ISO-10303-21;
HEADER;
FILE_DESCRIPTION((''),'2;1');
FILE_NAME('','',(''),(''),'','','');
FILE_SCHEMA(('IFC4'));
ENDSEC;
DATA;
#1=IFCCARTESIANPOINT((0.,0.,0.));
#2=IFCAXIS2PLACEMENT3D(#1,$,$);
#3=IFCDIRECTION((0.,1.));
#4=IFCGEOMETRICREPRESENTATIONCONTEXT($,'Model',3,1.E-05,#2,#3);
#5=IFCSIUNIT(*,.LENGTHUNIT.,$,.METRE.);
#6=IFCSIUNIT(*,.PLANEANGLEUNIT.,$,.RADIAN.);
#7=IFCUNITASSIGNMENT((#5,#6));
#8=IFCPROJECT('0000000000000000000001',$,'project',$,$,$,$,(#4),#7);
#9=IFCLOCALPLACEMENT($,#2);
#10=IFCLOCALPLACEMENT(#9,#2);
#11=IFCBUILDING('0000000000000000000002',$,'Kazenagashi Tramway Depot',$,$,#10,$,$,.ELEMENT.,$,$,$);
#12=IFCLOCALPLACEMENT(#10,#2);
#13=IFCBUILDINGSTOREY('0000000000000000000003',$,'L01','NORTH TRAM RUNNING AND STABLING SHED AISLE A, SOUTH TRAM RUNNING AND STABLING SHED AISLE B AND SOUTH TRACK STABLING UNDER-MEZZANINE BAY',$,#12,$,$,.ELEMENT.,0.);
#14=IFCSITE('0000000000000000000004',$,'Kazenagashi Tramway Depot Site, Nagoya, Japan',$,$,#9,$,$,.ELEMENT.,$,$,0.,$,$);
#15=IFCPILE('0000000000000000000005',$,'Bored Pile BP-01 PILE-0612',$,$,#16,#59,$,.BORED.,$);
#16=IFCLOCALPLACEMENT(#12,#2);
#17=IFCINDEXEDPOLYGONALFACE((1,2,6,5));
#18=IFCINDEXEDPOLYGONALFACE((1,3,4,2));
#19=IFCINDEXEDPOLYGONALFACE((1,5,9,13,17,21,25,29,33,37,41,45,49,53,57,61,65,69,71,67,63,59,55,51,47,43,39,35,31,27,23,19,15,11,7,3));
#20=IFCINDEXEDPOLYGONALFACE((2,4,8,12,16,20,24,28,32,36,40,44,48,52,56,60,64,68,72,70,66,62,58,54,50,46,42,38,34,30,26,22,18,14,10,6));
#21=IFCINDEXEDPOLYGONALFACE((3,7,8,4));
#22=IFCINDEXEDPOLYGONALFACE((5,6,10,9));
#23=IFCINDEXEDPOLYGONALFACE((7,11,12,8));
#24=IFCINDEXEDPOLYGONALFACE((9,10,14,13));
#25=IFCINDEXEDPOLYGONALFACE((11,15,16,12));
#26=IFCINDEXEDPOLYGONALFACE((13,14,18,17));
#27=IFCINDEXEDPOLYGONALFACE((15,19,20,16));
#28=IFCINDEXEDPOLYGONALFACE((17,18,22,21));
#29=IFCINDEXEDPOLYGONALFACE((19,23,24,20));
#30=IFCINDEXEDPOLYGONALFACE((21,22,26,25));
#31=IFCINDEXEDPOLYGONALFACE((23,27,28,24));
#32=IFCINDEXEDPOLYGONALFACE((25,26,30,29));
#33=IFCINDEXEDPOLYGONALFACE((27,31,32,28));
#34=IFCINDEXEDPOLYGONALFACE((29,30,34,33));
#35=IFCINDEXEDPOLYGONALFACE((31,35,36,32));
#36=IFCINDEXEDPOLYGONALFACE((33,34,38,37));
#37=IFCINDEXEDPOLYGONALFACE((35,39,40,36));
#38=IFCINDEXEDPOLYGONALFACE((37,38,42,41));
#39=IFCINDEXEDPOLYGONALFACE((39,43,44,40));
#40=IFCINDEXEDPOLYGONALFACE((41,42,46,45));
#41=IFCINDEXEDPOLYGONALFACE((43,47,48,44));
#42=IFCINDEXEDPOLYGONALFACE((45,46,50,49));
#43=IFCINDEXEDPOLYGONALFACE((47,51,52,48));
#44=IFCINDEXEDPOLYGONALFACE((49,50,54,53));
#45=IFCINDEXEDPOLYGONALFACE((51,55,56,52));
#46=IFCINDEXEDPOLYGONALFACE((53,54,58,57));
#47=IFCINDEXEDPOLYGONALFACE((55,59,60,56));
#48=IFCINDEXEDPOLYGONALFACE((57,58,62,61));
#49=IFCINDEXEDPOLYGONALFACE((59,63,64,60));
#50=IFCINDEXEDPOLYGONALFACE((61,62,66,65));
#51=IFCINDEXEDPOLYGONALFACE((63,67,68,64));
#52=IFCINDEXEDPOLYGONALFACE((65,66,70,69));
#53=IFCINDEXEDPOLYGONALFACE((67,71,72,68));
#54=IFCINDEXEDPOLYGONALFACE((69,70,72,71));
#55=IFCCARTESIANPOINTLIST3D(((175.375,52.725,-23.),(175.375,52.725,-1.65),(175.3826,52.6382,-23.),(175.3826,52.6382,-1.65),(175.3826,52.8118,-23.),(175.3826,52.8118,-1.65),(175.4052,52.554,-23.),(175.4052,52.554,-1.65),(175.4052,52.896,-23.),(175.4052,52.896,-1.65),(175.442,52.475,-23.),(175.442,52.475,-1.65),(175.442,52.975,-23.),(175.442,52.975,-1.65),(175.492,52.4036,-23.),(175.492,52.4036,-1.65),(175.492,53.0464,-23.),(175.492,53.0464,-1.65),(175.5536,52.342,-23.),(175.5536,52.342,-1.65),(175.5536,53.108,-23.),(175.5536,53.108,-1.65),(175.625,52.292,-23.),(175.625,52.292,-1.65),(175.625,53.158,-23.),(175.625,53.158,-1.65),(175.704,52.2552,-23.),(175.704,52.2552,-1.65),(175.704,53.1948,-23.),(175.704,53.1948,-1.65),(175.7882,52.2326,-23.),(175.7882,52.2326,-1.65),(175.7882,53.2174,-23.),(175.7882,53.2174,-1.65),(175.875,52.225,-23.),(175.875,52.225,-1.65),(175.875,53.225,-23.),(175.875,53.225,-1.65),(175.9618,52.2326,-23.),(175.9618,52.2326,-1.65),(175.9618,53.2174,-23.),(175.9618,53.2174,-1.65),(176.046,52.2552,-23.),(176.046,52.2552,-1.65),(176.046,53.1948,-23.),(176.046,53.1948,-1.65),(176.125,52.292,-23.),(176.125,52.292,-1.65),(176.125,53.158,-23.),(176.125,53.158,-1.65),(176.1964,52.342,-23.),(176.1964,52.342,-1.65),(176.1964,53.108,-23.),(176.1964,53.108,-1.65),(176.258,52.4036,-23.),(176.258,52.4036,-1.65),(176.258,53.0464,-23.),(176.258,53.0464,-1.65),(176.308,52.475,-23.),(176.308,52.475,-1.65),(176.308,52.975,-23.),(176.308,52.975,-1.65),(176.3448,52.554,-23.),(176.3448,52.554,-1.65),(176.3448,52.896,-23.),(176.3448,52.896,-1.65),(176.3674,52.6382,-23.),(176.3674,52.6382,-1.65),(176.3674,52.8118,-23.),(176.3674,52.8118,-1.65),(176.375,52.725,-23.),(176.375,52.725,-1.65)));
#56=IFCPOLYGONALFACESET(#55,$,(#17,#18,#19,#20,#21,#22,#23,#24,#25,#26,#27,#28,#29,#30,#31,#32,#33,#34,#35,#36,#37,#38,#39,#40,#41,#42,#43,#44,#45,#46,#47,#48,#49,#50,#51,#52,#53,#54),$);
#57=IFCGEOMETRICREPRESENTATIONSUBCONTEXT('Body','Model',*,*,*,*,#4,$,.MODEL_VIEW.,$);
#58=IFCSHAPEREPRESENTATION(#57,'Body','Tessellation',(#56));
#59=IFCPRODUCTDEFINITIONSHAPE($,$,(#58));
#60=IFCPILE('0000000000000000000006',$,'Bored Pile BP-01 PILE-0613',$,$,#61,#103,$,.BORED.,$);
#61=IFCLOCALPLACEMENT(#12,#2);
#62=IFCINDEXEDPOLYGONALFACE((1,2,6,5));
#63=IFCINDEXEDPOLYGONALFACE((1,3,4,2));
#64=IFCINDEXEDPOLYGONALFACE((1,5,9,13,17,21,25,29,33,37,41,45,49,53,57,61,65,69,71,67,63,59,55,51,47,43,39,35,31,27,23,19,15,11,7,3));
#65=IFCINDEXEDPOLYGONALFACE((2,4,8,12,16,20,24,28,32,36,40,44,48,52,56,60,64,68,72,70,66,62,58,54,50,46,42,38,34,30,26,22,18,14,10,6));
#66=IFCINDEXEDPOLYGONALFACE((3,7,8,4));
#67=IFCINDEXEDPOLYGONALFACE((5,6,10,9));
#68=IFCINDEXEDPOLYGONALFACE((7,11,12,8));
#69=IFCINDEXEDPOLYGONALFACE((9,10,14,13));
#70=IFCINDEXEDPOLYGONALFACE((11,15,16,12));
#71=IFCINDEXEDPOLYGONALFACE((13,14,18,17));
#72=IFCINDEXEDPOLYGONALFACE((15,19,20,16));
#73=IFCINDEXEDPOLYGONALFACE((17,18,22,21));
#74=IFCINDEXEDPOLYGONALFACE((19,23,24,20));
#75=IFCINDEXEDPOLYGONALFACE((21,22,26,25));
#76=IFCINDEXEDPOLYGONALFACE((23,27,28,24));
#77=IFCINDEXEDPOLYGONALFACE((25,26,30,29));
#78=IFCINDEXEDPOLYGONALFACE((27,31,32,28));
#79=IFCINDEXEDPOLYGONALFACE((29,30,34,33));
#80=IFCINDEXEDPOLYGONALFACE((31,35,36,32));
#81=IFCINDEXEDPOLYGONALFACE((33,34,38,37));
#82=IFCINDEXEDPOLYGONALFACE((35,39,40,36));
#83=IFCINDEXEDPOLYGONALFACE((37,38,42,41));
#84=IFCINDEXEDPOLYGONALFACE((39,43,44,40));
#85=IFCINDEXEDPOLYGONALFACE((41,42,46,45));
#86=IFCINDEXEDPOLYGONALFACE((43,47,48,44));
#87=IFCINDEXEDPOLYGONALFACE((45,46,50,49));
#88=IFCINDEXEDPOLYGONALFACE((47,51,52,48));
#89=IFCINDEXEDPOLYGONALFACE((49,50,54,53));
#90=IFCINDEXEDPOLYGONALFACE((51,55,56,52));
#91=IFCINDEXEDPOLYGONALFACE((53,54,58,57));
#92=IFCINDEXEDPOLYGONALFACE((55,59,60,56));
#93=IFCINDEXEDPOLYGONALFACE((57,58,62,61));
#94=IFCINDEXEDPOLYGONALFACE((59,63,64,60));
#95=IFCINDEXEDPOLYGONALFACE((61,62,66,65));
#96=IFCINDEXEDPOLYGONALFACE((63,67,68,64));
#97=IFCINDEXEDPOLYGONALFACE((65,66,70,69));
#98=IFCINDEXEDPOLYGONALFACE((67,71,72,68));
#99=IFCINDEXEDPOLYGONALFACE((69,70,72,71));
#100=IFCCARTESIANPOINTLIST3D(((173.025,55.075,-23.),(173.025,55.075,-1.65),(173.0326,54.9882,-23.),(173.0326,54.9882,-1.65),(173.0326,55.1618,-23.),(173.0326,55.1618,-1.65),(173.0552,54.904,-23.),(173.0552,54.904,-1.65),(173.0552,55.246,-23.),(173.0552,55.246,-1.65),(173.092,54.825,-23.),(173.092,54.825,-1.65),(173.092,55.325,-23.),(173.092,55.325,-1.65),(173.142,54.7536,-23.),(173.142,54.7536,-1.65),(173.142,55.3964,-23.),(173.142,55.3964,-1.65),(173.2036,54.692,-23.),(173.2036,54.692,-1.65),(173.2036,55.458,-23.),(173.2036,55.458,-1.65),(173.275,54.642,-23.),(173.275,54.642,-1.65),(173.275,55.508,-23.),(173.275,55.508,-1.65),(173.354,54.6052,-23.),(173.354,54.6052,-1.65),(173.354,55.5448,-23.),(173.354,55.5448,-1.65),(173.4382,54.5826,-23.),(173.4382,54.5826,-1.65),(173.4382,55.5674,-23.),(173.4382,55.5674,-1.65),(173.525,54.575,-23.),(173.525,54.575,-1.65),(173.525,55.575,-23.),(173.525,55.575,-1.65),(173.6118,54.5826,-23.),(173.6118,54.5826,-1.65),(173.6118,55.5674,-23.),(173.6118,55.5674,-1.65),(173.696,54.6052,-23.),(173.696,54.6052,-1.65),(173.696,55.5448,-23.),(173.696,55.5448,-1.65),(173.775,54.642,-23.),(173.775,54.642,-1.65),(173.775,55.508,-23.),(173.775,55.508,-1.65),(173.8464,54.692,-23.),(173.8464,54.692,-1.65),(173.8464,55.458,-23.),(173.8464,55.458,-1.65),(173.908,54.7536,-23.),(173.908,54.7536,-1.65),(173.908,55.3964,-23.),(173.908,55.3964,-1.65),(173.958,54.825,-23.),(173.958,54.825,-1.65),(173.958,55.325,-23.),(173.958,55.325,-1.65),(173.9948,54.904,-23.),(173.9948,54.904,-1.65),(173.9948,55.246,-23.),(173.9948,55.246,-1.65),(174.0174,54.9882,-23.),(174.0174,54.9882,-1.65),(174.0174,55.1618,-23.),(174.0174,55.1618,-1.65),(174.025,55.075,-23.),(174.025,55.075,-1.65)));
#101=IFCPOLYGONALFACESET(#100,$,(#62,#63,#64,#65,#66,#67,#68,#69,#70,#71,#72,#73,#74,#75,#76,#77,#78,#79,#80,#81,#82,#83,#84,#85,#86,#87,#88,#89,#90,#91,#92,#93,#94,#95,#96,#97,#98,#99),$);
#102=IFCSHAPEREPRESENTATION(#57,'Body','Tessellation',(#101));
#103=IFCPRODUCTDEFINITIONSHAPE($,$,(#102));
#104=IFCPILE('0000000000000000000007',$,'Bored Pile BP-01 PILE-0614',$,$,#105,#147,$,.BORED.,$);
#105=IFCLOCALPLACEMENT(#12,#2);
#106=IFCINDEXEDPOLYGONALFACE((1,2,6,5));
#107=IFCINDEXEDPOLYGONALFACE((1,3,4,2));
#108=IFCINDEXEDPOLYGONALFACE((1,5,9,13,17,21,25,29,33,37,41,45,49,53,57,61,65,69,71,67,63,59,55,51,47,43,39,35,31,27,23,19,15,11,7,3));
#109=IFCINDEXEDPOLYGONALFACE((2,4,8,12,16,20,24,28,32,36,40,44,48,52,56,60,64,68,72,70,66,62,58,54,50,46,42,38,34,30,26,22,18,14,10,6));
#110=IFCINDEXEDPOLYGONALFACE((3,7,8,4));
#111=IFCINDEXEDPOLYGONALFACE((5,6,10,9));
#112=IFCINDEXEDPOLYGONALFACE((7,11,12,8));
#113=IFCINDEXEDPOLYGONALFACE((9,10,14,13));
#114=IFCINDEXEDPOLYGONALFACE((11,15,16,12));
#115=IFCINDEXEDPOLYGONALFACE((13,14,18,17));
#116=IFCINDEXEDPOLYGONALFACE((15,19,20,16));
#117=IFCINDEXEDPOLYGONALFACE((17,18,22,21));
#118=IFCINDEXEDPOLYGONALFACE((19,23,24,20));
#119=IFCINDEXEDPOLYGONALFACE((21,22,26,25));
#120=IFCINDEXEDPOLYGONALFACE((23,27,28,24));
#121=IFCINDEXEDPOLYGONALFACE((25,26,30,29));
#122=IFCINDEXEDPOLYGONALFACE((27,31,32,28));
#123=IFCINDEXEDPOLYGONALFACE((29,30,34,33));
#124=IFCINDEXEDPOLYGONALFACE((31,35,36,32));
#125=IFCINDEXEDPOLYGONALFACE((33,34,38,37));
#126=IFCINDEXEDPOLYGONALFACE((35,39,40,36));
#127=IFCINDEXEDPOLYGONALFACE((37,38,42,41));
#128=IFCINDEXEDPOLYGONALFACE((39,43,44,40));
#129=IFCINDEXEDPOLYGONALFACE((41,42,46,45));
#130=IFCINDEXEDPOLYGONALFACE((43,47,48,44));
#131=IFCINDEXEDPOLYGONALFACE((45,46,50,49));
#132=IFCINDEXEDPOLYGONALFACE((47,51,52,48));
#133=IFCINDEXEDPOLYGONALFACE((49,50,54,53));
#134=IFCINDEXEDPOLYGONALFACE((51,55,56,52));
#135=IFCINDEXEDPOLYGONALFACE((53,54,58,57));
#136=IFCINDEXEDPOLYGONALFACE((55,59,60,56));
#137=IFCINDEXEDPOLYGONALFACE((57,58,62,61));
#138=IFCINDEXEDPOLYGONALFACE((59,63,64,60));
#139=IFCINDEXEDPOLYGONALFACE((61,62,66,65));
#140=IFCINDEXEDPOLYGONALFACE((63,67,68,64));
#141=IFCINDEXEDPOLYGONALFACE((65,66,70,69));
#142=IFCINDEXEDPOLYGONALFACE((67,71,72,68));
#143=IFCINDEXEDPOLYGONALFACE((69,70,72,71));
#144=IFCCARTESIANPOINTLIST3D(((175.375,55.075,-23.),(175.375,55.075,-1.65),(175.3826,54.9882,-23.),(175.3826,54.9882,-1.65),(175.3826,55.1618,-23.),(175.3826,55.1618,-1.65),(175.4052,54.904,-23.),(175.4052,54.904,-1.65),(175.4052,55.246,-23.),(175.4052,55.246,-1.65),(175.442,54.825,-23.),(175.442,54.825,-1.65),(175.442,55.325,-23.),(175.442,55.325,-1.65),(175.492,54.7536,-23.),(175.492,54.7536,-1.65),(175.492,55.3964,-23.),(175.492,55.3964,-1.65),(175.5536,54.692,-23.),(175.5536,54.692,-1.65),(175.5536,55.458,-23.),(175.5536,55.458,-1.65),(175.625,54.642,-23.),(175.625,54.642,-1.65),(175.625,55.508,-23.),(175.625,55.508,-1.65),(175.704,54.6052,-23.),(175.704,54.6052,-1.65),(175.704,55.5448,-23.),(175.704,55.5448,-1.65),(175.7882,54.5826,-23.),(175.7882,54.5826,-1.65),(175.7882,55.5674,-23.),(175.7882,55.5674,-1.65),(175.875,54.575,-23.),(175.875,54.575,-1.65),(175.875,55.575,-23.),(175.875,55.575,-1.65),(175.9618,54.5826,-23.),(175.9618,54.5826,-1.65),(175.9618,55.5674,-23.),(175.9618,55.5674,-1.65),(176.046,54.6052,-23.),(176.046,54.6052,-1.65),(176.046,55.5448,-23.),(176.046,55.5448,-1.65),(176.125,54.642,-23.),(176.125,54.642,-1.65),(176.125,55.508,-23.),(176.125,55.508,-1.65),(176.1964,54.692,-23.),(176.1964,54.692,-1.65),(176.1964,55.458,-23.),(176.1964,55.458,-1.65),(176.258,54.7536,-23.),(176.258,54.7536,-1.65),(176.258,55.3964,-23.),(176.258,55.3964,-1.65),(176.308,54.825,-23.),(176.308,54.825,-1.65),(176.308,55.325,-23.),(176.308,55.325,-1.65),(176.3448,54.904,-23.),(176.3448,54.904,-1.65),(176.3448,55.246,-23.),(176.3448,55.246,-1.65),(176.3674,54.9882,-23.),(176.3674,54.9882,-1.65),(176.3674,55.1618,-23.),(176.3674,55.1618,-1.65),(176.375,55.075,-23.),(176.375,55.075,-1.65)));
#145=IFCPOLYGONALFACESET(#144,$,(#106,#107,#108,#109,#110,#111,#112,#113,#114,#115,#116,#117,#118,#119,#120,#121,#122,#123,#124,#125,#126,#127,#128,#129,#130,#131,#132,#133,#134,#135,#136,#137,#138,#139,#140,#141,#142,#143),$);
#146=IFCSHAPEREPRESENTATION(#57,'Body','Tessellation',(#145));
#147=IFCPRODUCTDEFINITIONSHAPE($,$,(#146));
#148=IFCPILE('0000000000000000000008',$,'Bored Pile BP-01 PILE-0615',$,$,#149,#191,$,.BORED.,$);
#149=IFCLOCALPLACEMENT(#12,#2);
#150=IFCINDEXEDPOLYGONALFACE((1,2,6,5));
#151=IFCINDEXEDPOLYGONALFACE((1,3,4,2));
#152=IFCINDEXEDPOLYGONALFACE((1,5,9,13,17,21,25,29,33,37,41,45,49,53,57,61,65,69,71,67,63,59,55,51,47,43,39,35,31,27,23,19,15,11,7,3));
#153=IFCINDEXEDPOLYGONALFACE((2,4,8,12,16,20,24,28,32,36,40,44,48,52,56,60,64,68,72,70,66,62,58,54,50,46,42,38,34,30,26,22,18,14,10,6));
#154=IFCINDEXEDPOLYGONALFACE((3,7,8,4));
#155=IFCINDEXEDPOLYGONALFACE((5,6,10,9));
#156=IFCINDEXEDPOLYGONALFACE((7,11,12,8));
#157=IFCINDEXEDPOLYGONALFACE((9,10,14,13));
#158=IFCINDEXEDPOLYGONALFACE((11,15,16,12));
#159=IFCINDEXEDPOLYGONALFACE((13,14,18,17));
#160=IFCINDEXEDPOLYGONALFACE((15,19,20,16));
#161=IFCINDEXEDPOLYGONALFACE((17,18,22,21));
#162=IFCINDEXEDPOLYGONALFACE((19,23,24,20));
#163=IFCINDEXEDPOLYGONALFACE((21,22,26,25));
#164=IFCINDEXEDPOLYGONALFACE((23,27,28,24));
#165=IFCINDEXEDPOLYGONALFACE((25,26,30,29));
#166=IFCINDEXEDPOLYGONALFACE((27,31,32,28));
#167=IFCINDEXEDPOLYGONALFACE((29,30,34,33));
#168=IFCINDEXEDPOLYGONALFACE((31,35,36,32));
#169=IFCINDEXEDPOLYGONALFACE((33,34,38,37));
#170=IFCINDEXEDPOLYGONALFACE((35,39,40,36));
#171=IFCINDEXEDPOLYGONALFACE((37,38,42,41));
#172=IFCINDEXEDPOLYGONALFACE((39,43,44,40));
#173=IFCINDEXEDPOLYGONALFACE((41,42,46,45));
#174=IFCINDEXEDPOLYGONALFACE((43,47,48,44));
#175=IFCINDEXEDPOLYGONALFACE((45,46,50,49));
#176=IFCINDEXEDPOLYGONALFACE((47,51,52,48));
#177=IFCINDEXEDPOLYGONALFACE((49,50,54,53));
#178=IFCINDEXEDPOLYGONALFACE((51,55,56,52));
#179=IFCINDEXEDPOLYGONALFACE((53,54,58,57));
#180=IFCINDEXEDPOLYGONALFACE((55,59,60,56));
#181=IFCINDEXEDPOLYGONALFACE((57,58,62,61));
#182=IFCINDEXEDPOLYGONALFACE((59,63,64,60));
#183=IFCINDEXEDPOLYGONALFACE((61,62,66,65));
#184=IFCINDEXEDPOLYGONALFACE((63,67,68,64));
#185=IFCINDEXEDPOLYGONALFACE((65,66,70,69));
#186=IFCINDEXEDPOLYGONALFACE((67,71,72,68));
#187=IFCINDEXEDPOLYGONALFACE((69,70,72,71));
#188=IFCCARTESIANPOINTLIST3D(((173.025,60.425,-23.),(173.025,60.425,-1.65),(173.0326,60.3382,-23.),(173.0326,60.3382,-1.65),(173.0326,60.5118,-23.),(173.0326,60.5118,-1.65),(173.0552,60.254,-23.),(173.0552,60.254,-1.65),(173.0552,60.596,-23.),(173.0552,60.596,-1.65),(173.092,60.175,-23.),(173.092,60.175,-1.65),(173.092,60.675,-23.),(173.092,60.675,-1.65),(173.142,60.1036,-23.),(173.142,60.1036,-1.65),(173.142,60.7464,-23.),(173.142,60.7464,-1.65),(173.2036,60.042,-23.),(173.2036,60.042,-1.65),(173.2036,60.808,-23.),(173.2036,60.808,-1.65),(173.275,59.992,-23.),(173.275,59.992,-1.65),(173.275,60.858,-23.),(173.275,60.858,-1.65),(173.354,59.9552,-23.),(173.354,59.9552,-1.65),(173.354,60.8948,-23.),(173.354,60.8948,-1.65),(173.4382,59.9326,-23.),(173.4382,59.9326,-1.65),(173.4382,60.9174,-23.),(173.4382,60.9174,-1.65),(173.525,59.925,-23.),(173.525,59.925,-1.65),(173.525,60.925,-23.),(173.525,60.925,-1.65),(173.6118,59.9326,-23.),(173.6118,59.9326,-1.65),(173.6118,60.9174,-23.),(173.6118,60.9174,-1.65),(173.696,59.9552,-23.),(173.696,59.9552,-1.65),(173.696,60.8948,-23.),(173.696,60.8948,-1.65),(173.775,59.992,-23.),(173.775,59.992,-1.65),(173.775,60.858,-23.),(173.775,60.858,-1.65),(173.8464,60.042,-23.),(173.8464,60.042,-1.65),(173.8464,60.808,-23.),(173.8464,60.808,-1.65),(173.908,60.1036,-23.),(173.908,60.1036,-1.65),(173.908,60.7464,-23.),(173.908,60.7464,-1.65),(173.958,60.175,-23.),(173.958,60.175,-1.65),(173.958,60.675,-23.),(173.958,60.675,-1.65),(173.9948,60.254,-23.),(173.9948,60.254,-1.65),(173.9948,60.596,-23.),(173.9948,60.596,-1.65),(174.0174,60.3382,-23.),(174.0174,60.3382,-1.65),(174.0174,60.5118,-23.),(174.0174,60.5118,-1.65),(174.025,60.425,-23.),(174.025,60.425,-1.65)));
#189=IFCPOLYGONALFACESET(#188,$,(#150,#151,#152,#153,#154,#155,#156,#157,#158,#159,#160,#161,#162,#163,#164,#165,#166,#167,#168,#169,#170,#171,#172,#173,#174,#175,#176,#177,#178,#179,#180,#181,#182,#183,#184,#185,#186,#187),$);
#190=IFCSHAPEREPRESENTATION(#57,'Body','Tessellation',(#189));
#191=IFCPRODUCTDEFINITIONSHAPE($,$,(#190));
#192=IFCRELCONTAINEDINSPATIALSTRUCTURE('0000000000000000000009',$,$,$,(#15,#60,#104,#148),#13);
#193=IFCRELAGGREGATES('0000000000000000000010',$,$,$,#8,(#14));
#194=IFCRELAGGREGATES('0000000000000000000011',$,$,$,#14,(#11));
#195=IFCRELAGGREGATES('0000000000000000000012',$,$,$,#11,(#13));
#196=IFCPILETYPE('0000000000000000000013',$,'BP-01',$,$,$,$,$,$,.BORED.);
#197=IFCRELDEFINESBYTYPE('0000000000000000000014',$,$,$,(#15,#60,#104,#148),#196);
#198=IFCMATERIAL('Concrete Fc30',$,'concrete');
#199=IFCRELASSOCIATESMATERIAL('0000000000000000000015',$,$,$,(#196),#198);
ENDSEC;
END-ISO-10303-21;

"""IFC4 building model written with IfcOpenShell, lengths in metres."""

from ifc_helpers import new_model, si_unit, direction, frame, origin, origin_2d, place, context, subcontext, project, spatial, circle, extrude, material, material_profile, profile_set, type_object, element, save


model = new_model("IFC4")

# Units and contexts
model_context = context("Model", 3, precision=1e-05, world=origin(), true_north=direction((0.0, 1.0)))
body_context = subcontext(model_context, "Body", "Model", "MODEL_VIEW")
ifc_project = project(units=[si_unit("LENGTHUNIT", "METRE"), si_unit("PLANEANGLEUNIT", "RADIAN")], contexts=[model_context])

# Site, building, storey
site_placement = place(None, origin())
site = spatial("IfcSite", under=ifc_project, at=site_placement, Name="Kazenagashi Tramway Depot Site, Nagoya, Japan", CompositionType="ELEMENT", RefElevation=0.0)
building_placement = place(site_placement, origin())
building = spatial("IfcBuilding", under=site, at=building_placement, Name="Kazenagashi Tramway Depot", CompositionType="ELEMENT")
storey_placement = place(building_placement, origin())
storey = spatial("IfcBuildingStorey", under=building, at=storey_placement, Name="L01", Description="NORTH TRAM RUNNING AND STABLING SHED AISLE A, SOUTH TRAM RUNNING AND STABLING SHED AISLE B AND SOUTH TRACK STABLING UNDER-MEZZANINE BAY", CompositionType="ELEMENT", Elevation=0.0)

# Piles
ifc_material_1 = material(Name="Concrete Fc30", Category="concrete")
ifc_material_profile_1 = material_profile(ifc_material_1, circle(Radius=0.5, at=origin_2d()), Name="PILE-1000")
ifc_profile_set_1 = profile_set([ifc_material_profile_1], Name="Concrete Fc30")
pile_type = type_object("IfcPileType", Name="BP-01", PredefinedType="BORED", material=ifc_profile_set_1)
for number, where, z_axis, x_axis, name in (
    (1, (175.875, 52.725, -1.65), (0.0, 0.0, -1.0), (1.0, 0.0, 0.0), "Bored Pile BP-01 PILE-0612"),
    (2, (173.525, 55.075, -1.65), (0.0, 0.0, -1.0), (1.0, 0.0, 0.0), "Bored Pile BP-01 PILE-0613"),
    (3, (175.875, 55.075, -1.65), (0.0, 0.0, -1.0), (1.0, 0.0, 0.0), "Bored Pile BP-01 PILE-0614"),
    (4, (173.525, 60.425, -1.65), (0.0, 0.0, -1.0), (1.0, 0.0, 0.0), "Bored Pile BP-01 PILE-0615"),
):
    element("IfcPile", number, at=place(storey_placement, frame(where, z_axis=z_axis, x_axis=x_axis)), inside=storey, type_object=pile_type, Name=name, PredefinedType="BORED", context=body_context, shape_type="SweptSolid", body=[
        extrude(circle(Radius=0.5, at=origin_2d()), origin(), (0.0, 0.0, 1.0), 21.35),
    ])

save(model, "model.ifc")
